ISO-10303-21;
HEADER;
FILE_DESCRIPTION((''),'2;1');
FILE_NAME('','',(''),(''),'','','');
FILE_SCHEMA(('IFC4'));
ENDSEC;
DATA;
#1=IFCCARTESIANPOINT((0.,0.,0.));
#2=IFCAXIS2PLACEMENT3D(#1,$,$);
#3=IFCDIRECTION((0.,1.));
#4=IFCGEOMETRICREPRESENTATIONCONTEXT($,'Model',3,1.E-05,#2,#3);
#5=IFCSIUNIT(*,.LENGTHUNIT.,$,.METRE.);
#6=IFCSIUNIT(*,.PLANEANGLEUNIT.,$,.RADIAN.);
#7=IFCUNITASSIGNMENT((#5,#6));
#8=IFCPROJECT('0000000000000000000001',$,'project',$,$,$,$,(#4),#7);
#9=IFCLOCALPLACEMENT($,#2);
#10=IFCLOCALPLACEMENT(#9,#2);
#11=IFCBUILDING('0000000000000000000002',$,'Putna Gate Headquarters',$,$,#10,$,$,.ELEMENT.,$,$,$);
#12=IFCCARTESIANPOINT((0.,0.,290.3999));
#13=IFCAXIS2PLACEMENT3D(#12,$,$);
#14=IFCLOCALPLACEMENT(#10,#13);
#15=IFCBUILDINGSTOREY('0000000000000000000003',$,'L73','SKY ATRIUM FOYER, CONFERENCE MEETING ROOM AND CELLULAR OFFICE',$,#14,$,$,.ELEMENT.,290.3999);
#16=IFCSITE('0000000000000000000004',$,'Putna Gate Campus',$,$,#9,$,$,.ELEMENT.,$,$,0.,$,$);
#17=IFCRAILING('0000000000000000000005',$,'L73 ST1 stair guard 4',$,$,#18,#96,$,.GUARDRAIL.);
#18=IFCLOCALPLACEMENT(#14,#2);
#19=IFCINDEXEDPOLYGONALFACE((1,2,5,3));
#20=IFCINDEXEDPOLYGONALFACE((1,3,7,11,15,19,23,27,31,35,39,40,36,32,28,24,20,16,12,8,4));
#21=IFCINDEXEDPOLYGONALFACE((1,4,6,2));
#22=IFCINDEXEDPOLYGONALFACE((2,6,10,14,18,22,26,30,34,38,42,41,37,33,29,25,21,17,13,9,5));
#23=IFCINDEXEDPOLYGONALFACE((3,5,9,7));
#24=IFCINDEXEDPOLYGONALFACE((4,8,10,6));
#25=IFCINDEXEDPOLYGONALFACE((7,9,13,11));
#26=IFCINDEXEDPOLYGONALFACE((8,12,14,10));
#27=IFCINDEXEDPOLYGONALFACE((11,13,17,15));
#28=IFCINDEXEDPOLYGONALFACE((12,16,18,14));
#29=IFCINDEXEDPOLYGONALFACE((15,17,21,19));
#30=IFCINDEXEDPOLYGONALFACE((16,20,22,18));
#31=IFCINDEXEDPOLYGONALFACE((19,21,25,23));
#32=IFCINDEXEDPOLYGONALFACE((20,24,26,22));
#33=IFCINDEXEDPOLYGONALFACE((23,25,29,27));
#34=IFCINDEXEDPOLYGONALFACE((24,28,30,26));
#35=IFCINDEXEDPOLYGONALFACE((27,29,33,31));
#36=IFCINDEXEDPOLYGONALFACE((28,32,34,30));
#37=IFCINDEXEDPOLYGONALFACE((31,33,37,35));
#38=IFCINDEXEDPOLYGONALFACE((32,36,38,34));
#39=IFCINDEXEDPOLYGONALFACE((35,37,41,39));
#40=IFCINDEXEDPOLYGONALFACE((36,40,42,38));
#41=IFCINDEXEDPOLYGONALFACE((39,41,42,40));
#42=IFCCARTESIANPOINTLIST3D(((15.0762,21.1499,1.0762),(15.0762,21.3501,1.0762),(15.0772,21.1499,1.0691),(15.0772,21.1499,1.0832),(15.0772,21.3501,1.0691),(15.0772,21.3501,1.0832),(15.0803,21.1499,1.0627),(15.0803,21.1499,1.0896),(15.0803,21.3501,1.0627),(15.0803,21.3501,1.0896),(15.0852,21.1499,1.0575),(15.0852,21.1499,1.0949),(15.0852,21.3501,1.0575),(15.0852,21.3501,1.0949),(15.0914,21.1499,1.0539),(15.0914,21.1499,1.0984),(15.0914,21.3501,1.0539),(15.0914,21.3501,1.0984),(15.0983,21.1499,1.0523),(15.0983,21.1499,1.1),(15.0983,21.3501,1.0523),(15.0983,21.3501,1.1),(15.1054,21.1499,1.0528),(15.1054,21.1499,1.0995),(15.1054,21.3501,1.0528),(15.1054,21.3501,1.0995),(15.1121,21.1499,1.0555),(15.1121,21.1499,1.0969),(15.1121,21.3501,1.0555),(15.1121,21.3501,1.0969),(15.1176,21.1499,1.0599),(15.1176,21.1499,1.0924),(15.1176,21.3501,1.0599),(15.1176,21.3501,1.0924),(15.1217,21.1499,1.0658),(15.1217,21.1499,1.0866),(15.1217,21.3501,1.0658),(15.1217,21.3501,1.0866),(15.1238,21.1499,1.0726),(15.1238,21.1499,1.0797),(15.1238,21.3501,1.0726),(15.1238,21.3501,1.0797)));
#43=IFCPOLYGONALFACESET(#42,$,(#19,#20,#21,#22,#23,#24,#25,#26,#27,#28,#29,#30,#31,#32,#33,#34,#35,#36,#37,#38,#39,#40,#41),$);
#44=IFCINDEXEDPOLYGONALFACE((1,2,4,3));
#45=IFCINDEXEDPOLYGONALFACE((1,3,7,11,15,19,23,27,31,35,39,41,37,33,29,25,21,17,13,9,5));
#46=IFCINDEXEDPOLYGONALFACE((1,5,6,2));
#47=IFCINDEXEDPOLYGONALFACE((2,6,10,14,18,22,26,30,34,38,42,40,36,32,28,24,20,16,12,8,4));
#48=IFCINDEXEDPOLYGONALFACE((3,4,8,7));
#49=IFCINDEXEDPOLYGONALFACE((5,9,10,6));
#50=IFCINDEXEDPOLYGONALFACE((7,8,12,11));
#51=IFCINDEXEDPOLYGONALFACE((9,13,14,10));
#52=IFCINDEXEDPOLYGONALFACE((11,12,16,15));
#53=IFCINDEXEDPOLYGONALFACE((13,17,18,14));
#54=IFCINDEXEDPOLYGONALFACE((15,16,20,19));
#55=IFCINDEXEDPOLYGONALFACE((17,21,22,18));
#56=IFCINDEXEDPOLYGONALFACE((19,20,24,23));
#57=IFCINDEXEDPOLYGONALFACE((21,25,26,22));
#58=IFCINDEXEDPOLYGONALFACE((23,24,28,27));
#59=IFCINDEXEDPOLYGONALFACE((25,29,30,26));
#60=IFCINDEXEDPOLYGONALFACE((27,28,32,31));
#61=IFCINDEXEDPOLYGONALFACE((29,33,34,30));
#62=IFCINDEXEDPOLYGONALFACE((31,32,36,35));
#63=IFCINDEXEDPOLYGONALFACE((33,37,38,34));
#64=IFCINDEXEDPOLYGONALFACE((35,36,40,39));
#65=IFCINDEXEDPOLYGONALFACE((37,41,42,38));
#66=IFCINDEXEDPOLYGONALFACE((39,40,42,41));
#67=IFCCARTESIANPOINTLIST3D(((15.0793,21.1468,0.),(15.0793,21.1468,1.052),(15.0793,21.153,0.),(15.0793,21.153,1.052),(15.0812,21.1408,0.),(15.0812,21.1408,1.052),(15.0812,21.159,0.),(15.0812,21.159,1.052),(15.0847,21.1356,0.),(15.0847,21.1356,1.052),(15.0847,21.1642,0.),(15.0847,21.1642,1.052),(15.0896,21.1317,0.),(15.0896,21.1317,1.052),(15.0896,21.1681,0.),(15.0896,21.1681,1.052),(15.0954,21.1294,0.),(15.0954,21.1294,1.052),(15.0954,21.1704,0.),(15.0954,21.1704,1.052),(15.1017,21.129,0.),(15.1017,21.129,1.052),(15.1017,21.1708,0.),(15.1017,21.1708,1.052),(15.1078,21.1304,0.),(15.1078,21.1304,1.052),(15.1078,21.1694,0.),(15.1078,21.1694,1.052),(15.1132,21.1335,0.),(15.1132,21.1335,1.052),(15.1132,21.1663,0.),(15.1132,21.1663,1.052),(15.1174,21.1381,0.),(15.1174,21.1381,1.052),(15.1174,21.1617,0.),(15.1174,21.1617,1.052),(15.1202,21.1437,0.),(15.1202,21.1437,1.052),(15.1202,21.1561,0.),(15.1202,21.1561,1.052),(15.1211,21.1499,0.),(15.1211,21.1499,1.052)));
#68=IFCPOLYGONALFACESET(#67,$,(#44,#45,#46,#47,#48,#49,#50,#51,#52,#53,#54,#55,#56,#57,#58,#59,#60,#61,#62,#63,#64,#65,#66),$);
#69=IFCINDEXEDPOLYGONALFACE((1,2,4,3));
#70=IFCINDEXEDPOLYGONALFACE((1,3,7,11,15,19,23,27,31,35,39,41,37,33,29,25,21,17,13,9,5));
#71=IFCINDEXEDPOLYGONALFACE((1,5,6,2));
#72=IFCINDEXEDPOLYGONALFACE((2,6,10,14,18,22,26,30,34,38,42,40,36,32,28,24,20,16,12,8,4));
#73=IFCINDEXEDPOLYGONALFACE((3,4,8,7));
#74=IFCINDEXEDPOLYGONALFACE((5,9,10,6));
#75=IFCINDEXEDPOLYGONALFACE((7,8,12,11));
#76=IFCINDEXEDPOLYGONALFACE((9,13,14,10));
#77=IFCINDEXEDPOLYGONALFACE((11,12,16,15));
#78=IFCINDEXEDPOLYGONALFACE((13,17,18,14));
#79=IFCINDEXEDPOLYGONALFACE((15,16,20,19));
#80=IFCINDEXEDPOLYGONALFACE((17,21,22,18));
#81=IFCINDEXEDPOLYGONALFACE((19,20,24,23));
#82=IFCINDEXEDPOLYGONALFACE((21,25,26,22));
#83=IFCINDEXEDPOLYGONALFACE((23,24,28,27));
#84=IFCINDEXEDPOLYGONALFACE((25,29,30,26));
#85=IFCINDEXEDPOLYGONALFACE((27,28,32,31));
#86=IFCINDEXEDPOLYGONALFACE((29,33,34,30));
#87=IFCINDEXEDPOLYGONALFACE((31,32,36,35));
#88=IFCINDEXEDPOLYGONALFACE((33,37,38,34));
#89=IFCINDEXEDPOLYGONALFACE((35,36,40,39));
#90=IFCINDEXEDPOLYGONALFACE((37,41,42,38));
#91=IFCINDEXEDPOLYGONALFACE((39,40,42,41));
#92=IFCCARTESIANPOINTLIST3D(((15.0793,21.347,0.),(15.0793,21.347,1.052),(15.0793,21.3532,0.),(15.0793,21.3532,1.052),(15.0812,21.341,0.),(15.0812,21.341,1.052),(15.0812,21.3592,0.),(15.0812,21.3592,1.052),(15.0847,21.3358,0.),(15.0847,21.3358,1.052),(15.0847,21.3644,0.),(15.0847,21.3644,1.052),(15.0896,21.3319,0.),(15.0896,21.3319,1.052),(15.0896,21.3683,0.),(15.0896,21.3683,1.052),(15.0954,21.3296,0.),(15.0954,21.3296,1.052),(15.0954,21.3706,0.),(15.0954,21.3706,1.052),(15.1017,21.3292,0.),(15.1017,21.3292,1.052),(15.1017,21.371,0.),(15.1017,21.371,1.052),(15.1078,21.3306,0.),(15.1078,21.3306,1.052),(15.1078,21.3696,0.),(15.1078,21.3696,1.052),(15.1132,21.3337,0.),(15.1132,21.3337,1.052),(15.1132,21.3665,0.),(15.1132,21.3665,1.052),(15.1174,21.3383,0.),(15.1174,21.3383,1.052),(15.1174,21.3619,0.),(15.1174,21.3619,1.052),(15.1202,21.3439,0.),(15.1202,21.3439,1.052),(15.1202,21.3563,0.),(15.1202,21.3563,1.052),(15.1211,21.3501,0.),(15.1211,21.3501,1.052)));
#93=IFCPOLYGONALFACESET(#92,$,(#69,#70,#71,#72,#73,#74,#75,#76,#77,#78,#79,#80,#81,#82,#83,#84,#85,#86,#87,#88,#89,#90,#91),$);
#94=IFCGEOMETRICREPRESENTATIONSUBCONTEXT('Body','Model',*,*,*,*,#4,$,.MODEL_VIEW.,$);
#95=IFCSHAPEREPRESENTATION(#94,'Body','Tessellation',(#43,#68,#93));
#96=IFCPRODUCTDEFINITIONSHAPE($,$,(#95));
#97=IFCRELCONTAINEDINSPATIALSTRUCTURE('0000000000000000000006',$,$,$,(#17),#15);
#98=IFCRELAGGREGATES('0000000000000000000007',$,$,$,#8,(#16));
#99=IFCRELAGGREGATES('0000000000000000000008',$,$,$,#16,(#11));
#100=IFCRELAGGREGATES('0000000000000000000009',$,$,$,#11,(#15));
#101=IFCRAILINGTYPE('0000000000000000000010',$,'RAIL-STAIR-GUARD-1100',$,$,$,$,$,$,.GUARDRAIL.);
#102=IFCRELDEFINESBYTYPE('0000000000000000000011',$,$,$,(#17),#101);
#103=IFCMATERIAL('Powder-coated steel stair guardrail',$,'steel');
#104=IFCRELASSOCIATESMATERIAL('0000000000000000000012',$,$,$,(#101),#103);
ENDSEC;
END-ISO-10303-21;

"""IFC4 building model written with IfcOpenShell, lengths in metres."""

from ifc_helpers import new_model, si_unit, direction, frame, origin, origin_2d, place, context, subcontext, project, spatial, circle, extrude, material, type_object, element, save


model = new_model("IFC4")

# Units and contexts
model_context = context("Model", 3, precision=1e-05, world=origin(), true_north=direction((0.0, 1.0)))
body_context = subcontext(model_context, "Body", "Model", "MODEL_VIEW")
ifc_project = project(units=[si_unit("LENGTHUNIT", "METRE"), si_unit("PLANEANGLEUNIT", "RADIAN")], contexts=[model_context])

# Site, building, storey
site_placement = place(None, origin())
site = spatial("IfcSite", under=ifc_project, at=site_placement, Name="Putna Gate Campus", CompositionType="ELEMENT", RefElevation=0.0)
building_placement = place(site_placement, origin())
building = spatial("IfcBuilding", under=site, at=building_placement, Name="Putna Gate Headquarters", CompositionType="ELEMENT")
storey_placement = place(building_placement, frame((0.0, 0.0, 290.3999)))
storey = spatial("IfcBuildingStorey", under=building, at=storey_placement, Name="L73", Description="SKY ATRIUM FOYER, CONFERENCE MEETING ROOM AND CELLULAR OFFICE", CompositionType="ELEMENT", Elevation=290.3999)

# Railing
ifc_material_1 = material(Name="Powder-coated steel stair guardrail", Category="steel")
railing_type_1 = type_object("IfcRailingType", Name="RAIL-STAIR-GUARD-1100", PredefinedType="GUARDRAIL", material=ifc_material_1)
railing_1_placement = place(storey_placement, frame((15.1001, 21.1499, 0.0)))
element("IfcRailing", 1, at=railing_1_placement, inside=storey, type_object=railing_type_1, Name="L73 ST1 stair guard 4", PredefinedType="GUARDRAIL", context=body_context, shape_type="SweptSolid", body=[
    extrude(circle(Radius=0.0239, at=origin_2d()), frame((0.0, 0.0, 1.0762), z_axis=(0.0, 1.0, 0.0), x_axis=(-1.0, 0.0, 0.0)), (0.0, 0.0, 1.0), 0.2002),
    extrude(circle(Radius=0.021, at=origin_2d()), origin(), (0.0, 0.0, 1.0), 1.052),
    extrude(circle(Radius=0.021, at=origin_2d()), frame((0.0, 0.2002, 0.0)), (0.0, 0.0, 1.0), 1.052),
])

save(model, "model.ifc")
